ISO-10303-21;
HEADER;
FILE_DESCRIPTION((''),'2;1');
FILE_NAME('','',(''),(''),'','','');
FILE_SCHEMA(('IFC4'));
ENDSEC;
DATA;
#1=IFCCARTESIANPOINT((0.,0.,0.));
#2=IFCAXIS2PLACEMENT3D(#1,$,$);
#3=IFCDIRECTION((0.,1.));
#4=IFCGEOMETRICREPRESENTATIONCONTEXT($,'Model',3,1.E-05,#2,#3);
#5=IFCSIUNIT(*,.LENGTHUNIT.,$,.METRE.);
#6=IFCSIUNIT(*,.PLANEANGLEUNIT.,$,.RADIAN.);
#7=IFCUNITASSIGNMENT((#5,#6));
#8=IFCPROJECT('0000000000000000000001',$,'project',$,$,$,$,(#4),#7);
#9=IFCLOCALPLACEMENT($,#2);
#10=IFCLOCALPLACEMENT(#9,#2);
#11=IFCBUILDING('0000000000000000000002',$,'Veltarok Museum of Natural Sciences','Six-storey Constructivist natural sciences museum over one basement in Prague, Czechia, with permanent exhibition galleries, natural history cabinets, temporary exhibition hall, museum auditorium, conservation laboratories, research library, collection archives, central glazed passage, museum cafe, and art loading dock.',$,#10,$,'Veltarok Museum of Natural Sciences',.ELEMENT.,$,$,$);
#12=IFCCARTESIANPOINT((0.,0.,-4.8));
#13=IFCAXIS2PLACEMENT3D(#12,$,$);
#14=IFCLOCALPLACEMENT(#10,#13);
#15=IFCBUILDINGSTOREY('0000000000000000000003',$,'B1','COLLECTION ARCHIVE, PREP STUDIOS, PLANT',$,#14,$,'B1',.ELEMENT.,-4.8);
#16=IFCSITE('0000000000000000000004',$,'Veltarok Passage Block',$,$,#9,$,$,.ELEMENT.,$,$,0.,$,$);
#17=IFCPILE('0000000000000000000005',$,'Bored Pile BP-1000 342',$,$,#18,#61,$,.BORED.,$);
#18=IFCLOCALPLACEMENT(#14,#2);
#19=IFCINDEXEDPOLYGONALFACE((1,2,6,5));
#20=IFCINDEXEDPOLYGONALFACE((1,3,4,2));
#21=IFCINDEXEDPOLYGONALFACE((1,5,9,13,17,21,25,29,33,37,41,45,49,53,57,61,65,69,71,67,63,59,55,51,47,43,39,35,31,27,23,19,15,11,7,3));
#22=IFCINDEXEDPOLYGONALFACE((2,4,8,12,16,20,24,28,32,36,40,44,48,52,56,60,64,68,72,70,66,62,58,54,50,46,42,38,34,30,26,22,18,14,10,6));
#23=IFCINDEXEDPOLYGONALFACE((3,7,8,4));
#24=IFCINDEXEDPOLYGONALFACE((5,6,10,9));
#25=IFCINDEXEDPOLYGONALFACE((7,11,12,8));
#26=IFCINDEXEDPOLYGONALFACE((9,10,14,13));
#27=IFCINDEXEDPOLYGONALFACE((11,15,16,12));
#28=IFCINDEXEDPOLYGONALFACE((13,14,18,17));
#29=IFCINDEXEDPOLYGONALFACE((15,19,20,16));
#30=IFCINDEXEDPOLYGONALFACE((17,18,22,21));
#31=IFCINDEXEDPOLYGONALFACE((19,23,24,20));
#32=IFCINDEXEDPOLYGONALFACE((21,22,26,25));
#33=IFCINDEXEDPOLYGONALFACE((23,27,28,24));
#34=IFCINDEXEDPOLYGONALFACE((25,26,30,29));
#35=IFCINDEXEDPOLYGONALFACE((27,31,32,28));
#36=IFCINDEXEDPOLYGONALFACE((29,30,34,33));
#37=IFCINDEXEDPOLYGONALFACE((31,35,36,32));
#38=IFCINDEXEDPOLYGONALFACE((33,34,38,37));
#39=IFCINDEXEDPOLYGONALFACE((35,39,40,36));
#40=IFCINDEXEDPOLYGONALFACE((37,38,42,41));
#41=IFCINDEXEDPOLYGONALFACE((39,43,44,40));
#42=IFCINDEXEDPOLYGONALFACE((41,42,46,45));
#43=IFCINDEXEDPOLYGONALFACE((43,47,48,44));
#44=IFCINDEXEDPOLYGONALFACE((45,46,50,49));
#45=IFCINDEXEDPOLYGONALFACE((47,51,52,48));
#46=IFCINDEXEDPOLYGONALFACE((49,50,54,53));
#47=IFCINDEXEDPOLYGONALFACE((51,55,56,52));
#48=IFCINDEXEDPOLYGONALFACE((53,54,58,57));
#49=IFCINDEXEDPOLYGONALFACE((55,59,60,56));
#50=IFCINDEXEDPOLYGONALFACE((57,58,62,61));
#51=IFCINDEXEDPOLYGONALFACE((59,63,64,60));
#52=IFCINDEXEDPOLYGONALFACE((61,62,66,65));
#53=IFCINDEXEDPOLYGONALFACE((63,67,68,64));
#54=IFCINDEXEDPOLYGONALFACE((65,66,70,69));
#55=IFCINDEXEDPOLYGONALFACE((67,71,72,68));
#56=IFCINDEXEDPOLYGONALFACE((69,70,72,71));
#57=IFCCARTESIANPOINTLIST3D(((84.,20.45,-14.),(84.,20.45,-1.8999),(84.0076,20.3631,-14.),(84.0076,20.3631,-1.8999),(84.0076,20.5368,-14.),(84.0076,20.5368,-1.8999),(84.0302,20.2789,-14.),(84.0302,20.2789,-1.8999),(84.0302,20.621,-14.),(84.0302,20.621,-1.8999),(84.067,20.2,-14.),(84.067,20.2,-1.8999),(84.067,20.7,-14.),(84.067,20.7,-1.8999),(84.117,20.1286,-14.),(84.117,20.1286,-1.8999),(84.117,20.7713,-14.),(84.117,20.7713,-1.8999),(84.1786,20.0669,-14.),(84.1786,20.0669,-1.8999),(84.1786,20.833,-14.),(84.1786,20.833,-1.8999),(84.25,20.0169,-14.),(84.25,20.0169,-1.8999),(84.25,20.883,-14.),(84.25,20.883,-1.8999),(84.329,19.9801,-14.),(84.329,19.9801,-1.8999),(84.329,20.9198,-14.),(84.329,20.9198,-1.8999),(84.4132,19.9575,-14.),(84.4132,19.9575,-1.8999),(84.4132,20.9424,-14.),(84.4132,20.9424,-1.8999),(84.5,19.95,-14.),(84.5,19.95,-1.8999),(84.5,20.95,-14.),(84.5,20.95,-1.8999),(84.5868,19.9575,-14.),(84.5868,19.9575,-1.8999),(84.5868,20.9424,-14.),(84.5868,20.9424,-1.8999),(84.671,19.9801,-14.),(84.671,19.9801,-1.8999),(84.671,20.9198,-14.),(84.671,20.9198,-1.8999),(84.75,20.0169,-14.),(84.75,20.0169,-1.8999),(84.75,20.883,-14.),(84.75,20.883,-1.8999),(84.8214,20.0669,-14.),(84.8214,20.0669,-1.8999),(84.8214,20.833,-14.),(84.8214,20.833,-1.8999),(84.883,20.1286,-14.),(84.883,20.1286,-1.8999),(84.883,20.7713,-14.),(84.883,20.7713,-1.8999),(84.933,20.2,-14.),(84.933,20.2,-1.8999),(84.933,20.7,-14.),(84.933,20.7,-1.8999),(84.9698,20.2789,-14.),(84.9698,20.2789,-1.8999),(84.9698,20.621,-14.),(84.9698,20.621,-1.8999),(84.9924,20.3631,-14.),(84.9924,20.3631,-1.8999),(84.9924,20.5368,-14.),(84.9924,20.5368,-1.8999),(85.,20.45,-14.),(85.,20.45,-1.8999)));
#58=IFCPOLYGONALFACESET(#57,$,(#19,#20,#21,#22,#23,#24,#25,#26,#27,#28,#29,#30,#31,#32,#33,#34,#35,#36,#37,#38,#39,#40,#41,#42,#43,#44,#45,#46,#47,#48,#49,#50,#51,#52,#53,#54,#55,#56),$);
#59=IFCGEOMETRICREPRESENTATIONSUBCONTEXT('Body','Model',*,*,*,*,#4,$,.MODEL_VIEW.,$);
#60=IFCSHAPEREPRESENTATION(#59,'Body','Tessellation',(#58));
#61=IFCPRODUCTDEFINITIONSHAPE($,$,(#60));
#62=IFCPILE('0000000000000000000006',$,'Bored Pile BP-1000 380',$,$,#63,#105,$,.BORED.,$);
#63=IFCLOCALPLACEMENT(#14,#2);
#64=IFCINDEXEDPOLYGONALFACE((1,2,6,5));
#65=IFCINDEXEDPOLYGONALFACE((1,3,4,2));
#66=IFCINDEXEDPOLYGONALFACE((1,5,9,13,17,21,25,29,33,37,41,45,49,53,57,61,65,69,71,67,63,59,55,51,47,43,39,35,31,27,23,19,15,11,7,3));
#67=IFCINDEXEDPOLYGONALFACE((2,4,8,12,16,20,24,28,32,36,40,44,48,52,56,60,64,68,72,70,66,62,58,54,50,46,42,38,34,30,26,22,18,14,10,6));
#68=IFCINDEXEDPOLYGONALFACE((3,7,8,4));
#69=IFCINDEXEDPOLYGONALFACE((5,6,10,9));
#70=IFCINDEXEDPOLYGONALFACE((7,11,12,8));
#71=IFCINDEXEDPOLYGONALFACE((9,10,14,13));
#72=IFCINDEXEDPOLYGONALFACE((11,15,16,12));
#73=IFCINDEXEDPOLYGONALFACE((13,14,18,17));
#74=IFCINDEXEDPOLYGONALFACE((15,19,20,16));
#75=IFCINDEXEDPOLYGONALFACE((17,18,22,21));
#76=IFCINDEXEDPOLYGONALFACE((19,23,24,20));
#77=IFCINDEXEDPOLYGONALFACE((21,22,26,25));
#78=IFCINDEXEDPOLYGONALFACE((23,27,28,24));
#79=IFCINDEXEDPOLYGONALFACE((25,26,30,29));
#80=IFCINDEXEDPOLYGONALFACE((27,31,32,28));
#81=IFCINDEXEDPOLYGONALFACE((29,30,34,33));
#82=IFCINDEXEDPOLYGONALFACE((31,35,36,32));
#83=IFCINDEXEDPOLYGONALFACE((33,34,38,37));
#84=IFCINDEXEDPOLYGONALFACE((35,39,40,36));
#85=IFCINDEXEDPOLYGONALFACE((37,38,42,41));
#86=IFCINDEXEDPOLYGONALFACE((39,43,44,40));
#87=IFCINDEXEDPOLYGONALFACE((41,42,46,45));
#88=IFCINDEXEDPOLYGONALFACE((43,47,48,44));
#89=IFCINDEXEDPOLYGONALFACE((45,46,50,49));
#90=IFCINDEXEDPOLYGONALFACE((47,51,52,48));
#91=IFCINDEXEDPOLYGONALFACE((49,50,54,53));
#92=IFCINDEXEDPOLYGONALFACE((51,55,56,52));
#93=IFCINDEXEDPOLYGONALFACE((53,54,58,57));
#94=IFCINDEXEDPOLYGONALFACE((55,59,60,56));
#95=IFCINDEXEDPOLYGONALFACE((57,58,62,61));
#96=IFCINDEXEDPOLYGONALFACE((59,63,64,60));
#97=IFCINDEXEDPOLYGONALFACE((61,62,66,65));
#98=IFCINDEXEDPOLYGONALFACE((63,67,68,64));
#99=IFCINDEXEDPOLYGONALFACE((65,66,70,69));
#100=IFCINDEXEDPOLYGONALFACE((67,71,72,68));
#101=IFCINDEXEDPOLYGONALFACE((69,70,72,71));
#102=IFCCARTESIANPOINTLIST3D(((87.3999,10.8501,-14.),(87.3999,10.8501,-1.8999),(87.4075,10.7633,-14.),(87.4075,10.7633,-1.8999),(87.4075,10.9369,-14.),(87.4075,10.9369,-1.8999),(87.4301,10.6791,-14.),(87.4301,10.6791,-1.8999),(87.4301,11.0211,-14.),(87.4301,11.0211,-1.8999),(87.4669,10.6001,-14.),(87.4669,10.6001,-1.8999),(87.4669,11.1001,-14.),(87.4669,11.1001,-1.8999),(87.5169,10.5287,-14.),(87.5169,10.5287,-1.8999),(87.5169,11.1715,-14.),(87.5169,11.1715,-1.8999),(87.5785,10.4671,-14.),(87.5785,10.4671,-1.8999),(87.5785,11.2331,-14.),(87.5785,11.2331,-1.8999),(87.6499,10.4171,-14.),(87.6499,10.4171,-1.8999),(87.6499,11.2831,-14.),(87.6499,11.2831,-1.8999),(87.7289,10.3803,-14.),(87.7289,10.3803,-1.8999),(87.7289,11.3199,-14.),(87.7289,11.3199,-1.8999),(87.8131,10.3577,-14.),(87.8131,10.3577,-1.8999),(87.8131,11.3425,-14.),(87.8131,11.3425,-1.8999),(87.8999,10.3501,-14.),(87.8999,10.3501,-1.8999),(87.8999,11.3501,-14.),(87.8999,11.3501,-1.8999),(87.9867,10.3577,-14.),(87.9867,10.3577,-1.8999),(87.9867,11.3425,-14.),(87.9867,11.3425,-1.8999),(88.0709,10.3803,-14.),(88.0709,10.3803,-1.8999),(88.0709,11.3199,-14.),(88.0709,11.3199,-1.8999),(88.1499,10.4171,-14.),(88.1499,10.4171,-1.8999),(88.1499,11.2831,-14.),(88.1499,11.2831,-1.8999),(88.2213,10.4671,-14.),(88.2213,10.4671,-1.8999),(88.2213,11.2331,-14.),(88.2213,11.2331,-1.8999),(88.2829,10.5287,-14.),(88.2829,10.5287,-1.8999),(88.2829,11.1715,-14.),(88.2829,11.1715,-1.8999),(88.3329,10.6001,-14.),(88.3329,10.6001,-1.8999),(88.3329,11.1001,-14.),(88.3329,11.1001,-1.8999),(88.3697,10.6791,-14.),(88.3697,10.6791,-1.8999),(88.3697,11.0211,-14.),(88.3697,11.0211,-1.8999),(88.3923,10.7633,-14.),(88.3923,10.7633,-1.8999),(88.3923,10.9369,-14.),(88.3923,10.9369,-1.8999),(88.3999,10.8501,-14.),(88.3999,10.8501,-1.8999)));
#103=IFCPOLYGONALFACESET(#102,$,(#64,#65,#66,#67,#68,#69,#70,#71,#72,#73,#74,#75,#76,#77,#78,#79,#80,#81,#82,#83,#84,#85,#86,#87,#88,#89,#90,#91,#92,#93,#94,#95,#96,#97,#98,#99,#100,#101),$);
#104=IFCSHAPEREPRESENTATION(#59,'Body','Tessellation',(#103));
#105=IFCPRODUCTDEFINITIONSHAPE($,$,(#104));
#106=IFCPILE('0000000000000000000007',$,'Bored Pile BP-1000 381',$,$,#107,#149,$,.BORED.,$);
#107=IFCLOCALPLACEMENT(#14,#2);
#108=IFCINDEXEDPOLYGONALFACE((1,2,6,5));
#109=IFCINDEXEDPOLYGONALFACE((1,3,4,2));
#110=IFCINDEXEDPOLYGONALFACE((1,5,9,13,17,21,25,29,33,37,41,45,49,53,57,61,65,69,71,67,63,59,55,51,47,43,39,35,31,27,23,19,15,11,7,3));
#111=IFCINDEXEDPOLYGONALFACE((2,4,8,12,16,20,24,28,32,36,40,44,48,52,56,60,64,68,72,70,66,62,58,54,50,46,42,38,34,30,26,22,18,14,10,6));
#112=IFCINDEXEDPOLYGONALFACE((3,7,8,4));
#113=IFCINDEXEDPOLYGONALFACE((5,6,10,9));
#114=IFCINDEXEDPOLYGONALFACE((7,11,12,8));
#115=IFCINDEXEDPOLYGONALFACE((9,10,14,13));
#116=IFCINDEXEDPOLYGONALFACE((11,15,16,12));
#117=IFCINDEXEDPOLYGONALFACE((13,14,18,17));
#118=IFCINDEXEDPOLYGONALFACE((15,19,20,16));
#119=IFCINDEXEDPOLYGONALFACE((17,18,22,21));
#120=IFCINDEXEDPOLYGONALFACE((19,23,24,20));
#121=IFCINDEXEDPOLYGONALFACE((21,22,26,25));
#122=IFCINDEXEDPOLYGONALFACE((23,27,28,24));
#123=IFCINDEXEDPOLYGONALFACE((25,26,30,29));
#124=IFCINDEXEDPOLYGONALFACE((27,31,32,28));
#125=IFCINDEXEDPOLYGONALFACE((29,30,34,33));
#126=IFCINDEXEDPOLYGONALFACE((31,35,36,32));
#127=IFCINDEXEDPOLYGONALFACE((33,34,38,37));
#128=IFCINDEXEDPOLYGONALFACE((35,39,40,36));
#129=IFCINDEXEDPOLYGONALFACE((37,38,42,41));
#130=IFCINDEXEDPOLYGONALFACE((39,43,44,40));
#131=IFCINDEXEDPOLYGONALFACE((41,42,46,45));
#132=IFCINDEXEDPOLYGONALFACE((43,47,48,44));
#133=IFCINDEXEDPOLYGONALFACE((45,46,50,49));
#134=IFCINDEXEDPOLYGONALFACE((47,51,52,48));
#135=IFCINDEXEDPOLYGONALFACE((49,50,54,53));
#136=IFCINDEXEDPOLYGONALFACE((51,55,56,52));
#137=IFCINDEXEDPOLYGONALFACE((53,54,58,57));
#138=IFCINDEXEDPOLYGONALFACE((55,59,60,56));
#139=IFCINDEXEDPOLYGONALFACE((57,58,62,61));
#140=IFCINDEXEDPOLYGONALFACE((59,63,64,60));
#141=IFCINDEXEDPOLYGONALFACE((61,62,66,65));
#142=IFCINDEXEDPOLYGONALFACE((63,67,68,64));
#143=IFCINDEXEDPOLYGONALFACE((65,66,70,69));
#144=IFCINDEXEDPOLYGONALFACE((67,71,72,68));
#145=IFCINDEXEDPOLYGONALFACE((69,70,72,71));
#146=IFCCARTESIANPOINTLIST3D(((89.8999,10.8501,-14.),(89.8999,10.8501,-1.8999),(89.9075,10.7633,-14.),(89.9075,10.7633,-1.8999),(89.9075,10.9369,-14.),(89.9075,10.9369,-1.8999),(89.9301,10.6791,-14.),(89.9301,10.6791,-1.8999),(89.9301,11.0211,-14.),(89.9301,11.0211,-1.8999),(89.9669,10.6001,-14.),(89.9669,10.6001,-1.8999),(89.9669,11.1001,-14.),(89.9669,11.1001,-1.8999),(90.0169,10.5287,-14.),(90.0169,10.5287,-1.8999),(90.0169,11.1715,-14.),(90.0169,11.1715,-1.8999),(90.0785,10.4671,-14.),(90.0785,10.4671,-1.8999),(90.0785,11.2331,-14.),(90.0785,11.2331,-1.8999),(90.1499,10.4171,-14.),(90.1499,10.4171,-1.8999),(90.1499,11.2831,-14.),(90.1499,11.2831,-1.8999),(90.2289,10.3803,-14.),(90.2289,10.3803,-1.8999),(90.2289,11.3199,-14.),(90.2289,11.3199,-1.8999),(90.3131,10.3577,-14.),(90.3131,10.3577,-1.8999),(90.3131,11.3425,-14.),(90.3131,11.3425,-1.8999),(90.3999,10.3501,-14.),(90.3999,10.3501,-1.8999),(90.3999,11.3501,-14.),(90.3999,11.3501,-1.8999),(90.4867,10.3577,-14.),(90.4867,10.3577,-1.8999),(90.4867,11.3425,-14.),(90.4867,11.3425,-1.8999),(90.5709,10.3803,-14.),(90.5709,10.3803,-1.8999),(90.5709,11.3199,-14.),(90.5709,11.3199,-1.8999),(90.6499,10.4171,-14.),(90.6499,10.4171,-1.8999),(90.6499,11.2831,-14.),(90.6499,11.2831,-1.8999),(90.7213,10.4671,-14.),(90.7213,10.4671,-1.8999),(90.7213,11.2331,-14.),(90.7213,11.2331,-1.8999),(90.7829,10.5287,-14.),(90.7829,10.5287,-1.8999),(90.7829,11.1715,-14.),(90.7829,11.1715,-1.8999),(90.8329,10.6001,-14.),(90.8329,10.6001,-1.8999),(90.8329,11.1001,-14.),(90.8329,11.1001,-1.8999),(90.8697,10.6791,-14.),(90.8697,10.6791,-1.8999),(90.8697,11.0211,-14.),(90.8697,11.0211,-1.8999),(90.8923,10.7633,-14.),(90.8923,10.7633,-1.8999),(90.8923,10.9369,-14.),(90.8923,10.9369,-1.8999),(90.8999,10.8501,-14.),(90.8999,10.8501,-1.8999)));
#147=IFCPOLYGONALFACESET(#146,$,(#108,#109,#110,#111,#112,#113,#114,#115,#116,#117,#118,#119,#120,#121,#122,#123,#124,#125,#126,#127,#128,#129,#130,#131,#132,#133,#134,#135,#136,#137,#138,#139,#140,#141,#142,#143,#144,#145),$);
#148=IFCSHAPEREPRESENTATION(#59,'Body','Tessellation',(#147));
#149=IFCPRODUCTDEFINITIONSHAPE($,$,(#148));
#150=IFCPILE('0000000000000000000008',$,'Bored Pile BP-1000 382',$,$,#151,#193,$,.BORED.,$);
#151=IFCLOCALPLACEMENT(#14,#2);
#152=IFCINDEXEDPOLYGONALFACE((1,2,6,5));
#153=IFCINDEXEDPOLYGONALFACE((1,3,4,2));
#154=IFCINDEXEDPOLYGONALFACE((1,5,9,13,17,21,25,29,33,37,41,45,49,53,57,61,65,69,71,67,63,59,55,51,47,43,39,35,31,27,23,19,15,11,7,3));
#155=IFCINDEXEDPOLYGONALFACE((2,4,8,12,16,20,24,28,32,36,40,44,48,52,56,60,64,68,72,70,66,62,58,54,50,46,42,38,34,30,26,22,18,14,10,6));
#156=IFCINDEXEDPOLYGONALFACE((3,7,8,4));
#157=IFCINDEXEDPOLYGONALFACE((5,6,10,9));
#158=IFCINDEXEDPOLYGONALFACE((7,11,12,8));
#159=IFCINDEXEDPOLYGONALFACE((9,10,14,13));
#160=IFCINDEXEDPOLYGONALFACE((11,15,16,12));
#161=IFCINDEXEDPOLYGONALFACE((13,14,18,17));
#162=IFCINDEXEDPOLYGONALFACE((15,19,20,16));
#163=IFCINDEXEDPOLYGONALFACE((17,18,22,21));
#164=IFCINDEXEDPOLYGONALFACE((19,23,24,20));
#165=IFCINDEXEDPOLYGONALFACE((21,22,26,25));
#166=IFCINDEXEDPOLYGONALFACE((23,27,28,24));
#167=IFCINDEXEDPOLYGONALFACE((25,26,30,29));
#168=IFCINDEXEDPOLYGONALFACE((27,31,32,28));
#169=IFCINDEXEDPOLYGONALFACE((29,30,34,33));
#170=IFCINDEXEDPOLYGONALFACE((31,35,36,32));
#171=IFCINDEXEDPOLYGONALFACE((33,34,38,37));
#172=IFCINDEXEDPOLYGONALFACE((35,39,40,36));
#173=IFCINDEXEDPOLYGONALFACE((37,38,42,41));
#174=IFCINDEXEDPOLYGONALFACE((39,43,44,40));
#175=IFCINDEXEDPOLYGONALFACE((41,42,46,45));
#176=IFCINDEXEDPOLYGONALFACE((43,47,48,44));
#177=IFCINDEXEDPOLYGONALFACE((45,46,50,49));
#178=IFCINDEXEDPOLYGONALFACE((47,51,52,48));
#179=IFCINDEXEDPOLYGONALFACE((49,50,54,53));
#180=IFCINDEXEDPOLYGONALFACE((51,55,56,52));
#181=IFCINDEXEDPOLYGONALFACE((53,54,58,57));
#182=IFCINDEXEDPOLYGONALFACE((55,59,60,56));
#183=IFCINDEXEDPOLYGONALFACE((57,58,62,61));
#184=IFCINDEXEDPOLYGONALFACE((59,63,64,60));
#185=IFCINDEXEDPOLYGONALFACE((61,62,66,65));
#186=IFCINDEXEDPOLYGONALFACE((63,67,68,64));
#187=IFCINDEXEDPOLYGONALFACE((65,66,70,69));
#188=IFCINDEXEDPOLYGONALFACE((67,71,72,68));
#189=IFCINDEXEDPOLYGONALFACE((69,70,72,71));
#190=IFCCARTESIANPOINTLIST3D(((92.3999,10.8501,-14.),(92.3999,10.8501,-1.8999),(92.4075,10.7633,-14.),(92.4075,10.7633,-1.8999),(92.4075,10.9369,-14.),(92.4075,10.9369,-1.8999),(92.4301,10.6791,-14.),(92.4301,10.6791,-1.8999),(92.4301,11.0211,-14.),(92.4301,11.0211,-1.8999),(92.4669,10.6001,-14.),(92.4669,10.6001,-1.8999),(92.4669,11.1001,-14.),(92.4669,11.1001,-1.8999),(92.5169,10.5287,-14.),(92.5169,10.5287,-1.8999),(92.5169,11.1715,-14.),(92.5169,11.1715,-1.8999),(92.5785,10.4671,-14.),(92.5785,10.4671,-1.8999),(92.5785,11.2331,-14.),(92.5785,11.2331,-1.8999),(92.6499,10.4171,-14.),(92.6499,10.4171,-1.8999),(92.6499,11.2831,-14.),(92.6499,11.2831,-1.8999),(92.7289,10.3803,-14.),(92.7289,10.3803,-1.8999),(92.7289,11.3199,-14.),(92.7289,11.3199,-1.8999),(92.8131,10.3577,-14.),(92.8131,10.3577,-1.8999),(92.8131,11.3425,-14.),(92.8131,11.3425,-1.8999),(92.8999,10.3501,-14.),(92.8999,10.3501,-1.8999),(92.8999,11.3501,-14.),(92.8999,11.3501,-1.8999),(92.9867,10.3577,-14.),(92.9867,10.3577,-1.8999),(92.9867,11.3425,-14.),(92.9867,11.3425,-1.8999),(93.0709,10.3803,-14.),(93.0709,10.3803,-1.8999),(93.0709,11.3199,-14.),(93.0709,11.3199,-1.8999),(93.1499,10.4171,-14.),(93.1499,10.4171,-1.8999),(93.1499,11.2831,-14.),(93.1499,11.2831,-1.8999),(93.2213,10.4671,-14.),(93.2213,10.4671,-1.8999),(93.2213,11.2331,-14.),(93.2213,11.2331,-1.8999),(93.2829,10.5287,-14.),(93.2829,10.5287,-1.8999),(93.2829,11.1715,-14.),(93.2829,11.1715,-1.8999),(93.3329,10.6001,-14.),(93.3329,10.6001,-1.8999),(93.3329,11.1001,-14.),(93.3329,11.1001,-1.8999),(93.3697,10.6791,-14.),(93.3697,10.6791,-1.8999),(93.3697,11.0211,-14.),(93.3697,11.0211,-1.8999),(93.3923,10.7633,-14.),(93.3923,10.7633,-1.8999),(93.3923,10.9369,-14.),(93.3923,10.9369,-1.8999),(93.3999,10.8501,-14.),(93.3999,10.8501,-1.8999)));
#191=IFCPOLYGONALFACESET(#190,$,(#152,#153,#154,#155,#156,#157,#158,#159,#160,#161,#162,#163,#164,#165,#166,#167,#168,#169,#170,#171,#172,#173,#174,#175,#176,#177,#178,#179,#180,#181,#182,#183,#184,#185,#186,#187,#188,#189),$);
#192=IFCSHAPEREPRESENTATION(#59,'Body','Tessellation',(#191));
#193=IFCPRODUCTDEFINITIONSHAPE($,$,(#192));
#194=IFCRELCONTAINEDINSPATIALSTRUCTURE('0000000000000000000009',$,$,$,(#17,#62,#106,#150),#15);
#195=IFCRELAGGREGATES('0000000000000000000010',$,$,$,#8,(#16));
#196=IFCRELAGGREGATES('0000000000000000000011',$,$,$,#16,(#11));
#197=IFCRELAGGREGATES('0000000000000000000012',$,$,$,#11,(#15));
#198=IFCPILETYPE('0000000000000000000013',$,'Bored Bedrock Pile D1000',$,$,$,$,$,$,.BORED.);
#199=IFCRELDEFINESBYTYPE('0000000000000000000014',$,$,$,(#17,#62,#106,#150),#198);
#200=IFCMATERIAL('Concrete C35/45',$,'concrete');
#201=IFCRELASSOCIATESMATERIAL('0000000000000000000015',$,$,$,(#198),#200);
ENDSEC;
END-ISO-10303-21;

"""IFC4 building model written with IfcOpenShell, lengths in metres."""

from ifc_helpers import new_model, si_unit, direction, frame, origin, origin_2d, place, context, subcontext, project, spatial, circle, extrude, material, material_profile, profile_set, type_object, element, save


model = new_model("IFC4")

# Units and contexts
model_context = context("Model", 3, precision=1e-05, world=origin(), true_north=direction((0.0, 1.0)))
body_context = subcontext(model_context, "Body", "Model", "MODEL_VIEW")
ifc_project = project(units=[si_unit("LENGTHUNIT", "METRE"), si_unit("PLANEANGLEUNIT", "RADIAN")], contexts=[model_context])

# Site, building, storey
site_placement = place(None, origin())
site = spatial("IfcSite", under=ifc_project, at=site_placement, Name="Veltarok Passage Block", CompositionType="ELEMENT", RefElevation=0.0)
building_placement = place(site_placement, origin())
building = spatial("IfcBuilding", under=site, at=building_placement, Name="Veltarok Museum of Natural Sciences", Description="Six-storey Constructivist natural sciences museum over one basement in Prague, Czechia, with permanent exhibition galleries, natural history cabinets, temporary exhibition hall, museum auditorium, conservation laboratories, research library, collection archives, central glazed passage, museum cafe, and art loading dock.", LongName="Veltarok Museum of Natural Sciences", CompositionType="ELEMENT")
storey_placement = place(building_placement, frame((0.0, 0.0, -4.8)))
storey = spatial("IfcBuildingStorey", under=building, at=storey_placement, Name="B1", Description="COLLECTION ARCHIVE, PREP STUDIOS, PLANT", LongName="B1", CompositionType="ELEMENT", Elevation=-4.8)

# Piles
ifc_material_1 = material(Name="Concrete C35/45", Category="concrete")
ifc_material_profile_1 = material_profile(ifc_material_1, circle(Radius=0.5, at=origin_2d()), Name="BP D1000")
ifc_profile_set_1 = profile_set([ifc_material_profile_1], Name="Concrete C35/45")
pile_type_1 = type_object("IfcPileType", Name="Bored Bedrock Pile D1000", PredefinedType="BORED", material=ifc_profile_set_1)
for number, where, z_axis, x_axis, name in (
    (1, (84.5, 20.45, -1.8999), (0.0, 0.0, -1.0), (1.0, 0.0, 0.0), "Bored Pile BP-1000 342"),
    (2, (87.8999, 10.8501, -1.8999), (0.0, 0.0, -1.0), (1.0, 0.0, 0.0), "Bored Pile BP-1000 380"),
    (3, (90.3999, 10.8501, -1.8999), (0.0, 0.0, -1.0), (1.0, 0.0, 0.0), "Bored Pile BP-1000 381"),
    (4, (92.8999, 10.8501, -1.8999), (0.0, 0.0, -1.0), (1.0, 0.0, 0.0), "Bored Pile BP-1000 382"),
):
    element("IfcPile", number, at=place(storey_placement, frame(where, z_axis=z_axis, x_axis=x_axis)), inside=storey, type_object=pile_type_1, Name=name, PredefinedType="BORED", context=body_context, shape_type="SweptSolid", body=[
        extrude(circle(Radius=0.5, at=origin_2d()), origin(), (0.0, 0.0, 1.0), 12.1001),
    ])

save(model, "model.ifc")
